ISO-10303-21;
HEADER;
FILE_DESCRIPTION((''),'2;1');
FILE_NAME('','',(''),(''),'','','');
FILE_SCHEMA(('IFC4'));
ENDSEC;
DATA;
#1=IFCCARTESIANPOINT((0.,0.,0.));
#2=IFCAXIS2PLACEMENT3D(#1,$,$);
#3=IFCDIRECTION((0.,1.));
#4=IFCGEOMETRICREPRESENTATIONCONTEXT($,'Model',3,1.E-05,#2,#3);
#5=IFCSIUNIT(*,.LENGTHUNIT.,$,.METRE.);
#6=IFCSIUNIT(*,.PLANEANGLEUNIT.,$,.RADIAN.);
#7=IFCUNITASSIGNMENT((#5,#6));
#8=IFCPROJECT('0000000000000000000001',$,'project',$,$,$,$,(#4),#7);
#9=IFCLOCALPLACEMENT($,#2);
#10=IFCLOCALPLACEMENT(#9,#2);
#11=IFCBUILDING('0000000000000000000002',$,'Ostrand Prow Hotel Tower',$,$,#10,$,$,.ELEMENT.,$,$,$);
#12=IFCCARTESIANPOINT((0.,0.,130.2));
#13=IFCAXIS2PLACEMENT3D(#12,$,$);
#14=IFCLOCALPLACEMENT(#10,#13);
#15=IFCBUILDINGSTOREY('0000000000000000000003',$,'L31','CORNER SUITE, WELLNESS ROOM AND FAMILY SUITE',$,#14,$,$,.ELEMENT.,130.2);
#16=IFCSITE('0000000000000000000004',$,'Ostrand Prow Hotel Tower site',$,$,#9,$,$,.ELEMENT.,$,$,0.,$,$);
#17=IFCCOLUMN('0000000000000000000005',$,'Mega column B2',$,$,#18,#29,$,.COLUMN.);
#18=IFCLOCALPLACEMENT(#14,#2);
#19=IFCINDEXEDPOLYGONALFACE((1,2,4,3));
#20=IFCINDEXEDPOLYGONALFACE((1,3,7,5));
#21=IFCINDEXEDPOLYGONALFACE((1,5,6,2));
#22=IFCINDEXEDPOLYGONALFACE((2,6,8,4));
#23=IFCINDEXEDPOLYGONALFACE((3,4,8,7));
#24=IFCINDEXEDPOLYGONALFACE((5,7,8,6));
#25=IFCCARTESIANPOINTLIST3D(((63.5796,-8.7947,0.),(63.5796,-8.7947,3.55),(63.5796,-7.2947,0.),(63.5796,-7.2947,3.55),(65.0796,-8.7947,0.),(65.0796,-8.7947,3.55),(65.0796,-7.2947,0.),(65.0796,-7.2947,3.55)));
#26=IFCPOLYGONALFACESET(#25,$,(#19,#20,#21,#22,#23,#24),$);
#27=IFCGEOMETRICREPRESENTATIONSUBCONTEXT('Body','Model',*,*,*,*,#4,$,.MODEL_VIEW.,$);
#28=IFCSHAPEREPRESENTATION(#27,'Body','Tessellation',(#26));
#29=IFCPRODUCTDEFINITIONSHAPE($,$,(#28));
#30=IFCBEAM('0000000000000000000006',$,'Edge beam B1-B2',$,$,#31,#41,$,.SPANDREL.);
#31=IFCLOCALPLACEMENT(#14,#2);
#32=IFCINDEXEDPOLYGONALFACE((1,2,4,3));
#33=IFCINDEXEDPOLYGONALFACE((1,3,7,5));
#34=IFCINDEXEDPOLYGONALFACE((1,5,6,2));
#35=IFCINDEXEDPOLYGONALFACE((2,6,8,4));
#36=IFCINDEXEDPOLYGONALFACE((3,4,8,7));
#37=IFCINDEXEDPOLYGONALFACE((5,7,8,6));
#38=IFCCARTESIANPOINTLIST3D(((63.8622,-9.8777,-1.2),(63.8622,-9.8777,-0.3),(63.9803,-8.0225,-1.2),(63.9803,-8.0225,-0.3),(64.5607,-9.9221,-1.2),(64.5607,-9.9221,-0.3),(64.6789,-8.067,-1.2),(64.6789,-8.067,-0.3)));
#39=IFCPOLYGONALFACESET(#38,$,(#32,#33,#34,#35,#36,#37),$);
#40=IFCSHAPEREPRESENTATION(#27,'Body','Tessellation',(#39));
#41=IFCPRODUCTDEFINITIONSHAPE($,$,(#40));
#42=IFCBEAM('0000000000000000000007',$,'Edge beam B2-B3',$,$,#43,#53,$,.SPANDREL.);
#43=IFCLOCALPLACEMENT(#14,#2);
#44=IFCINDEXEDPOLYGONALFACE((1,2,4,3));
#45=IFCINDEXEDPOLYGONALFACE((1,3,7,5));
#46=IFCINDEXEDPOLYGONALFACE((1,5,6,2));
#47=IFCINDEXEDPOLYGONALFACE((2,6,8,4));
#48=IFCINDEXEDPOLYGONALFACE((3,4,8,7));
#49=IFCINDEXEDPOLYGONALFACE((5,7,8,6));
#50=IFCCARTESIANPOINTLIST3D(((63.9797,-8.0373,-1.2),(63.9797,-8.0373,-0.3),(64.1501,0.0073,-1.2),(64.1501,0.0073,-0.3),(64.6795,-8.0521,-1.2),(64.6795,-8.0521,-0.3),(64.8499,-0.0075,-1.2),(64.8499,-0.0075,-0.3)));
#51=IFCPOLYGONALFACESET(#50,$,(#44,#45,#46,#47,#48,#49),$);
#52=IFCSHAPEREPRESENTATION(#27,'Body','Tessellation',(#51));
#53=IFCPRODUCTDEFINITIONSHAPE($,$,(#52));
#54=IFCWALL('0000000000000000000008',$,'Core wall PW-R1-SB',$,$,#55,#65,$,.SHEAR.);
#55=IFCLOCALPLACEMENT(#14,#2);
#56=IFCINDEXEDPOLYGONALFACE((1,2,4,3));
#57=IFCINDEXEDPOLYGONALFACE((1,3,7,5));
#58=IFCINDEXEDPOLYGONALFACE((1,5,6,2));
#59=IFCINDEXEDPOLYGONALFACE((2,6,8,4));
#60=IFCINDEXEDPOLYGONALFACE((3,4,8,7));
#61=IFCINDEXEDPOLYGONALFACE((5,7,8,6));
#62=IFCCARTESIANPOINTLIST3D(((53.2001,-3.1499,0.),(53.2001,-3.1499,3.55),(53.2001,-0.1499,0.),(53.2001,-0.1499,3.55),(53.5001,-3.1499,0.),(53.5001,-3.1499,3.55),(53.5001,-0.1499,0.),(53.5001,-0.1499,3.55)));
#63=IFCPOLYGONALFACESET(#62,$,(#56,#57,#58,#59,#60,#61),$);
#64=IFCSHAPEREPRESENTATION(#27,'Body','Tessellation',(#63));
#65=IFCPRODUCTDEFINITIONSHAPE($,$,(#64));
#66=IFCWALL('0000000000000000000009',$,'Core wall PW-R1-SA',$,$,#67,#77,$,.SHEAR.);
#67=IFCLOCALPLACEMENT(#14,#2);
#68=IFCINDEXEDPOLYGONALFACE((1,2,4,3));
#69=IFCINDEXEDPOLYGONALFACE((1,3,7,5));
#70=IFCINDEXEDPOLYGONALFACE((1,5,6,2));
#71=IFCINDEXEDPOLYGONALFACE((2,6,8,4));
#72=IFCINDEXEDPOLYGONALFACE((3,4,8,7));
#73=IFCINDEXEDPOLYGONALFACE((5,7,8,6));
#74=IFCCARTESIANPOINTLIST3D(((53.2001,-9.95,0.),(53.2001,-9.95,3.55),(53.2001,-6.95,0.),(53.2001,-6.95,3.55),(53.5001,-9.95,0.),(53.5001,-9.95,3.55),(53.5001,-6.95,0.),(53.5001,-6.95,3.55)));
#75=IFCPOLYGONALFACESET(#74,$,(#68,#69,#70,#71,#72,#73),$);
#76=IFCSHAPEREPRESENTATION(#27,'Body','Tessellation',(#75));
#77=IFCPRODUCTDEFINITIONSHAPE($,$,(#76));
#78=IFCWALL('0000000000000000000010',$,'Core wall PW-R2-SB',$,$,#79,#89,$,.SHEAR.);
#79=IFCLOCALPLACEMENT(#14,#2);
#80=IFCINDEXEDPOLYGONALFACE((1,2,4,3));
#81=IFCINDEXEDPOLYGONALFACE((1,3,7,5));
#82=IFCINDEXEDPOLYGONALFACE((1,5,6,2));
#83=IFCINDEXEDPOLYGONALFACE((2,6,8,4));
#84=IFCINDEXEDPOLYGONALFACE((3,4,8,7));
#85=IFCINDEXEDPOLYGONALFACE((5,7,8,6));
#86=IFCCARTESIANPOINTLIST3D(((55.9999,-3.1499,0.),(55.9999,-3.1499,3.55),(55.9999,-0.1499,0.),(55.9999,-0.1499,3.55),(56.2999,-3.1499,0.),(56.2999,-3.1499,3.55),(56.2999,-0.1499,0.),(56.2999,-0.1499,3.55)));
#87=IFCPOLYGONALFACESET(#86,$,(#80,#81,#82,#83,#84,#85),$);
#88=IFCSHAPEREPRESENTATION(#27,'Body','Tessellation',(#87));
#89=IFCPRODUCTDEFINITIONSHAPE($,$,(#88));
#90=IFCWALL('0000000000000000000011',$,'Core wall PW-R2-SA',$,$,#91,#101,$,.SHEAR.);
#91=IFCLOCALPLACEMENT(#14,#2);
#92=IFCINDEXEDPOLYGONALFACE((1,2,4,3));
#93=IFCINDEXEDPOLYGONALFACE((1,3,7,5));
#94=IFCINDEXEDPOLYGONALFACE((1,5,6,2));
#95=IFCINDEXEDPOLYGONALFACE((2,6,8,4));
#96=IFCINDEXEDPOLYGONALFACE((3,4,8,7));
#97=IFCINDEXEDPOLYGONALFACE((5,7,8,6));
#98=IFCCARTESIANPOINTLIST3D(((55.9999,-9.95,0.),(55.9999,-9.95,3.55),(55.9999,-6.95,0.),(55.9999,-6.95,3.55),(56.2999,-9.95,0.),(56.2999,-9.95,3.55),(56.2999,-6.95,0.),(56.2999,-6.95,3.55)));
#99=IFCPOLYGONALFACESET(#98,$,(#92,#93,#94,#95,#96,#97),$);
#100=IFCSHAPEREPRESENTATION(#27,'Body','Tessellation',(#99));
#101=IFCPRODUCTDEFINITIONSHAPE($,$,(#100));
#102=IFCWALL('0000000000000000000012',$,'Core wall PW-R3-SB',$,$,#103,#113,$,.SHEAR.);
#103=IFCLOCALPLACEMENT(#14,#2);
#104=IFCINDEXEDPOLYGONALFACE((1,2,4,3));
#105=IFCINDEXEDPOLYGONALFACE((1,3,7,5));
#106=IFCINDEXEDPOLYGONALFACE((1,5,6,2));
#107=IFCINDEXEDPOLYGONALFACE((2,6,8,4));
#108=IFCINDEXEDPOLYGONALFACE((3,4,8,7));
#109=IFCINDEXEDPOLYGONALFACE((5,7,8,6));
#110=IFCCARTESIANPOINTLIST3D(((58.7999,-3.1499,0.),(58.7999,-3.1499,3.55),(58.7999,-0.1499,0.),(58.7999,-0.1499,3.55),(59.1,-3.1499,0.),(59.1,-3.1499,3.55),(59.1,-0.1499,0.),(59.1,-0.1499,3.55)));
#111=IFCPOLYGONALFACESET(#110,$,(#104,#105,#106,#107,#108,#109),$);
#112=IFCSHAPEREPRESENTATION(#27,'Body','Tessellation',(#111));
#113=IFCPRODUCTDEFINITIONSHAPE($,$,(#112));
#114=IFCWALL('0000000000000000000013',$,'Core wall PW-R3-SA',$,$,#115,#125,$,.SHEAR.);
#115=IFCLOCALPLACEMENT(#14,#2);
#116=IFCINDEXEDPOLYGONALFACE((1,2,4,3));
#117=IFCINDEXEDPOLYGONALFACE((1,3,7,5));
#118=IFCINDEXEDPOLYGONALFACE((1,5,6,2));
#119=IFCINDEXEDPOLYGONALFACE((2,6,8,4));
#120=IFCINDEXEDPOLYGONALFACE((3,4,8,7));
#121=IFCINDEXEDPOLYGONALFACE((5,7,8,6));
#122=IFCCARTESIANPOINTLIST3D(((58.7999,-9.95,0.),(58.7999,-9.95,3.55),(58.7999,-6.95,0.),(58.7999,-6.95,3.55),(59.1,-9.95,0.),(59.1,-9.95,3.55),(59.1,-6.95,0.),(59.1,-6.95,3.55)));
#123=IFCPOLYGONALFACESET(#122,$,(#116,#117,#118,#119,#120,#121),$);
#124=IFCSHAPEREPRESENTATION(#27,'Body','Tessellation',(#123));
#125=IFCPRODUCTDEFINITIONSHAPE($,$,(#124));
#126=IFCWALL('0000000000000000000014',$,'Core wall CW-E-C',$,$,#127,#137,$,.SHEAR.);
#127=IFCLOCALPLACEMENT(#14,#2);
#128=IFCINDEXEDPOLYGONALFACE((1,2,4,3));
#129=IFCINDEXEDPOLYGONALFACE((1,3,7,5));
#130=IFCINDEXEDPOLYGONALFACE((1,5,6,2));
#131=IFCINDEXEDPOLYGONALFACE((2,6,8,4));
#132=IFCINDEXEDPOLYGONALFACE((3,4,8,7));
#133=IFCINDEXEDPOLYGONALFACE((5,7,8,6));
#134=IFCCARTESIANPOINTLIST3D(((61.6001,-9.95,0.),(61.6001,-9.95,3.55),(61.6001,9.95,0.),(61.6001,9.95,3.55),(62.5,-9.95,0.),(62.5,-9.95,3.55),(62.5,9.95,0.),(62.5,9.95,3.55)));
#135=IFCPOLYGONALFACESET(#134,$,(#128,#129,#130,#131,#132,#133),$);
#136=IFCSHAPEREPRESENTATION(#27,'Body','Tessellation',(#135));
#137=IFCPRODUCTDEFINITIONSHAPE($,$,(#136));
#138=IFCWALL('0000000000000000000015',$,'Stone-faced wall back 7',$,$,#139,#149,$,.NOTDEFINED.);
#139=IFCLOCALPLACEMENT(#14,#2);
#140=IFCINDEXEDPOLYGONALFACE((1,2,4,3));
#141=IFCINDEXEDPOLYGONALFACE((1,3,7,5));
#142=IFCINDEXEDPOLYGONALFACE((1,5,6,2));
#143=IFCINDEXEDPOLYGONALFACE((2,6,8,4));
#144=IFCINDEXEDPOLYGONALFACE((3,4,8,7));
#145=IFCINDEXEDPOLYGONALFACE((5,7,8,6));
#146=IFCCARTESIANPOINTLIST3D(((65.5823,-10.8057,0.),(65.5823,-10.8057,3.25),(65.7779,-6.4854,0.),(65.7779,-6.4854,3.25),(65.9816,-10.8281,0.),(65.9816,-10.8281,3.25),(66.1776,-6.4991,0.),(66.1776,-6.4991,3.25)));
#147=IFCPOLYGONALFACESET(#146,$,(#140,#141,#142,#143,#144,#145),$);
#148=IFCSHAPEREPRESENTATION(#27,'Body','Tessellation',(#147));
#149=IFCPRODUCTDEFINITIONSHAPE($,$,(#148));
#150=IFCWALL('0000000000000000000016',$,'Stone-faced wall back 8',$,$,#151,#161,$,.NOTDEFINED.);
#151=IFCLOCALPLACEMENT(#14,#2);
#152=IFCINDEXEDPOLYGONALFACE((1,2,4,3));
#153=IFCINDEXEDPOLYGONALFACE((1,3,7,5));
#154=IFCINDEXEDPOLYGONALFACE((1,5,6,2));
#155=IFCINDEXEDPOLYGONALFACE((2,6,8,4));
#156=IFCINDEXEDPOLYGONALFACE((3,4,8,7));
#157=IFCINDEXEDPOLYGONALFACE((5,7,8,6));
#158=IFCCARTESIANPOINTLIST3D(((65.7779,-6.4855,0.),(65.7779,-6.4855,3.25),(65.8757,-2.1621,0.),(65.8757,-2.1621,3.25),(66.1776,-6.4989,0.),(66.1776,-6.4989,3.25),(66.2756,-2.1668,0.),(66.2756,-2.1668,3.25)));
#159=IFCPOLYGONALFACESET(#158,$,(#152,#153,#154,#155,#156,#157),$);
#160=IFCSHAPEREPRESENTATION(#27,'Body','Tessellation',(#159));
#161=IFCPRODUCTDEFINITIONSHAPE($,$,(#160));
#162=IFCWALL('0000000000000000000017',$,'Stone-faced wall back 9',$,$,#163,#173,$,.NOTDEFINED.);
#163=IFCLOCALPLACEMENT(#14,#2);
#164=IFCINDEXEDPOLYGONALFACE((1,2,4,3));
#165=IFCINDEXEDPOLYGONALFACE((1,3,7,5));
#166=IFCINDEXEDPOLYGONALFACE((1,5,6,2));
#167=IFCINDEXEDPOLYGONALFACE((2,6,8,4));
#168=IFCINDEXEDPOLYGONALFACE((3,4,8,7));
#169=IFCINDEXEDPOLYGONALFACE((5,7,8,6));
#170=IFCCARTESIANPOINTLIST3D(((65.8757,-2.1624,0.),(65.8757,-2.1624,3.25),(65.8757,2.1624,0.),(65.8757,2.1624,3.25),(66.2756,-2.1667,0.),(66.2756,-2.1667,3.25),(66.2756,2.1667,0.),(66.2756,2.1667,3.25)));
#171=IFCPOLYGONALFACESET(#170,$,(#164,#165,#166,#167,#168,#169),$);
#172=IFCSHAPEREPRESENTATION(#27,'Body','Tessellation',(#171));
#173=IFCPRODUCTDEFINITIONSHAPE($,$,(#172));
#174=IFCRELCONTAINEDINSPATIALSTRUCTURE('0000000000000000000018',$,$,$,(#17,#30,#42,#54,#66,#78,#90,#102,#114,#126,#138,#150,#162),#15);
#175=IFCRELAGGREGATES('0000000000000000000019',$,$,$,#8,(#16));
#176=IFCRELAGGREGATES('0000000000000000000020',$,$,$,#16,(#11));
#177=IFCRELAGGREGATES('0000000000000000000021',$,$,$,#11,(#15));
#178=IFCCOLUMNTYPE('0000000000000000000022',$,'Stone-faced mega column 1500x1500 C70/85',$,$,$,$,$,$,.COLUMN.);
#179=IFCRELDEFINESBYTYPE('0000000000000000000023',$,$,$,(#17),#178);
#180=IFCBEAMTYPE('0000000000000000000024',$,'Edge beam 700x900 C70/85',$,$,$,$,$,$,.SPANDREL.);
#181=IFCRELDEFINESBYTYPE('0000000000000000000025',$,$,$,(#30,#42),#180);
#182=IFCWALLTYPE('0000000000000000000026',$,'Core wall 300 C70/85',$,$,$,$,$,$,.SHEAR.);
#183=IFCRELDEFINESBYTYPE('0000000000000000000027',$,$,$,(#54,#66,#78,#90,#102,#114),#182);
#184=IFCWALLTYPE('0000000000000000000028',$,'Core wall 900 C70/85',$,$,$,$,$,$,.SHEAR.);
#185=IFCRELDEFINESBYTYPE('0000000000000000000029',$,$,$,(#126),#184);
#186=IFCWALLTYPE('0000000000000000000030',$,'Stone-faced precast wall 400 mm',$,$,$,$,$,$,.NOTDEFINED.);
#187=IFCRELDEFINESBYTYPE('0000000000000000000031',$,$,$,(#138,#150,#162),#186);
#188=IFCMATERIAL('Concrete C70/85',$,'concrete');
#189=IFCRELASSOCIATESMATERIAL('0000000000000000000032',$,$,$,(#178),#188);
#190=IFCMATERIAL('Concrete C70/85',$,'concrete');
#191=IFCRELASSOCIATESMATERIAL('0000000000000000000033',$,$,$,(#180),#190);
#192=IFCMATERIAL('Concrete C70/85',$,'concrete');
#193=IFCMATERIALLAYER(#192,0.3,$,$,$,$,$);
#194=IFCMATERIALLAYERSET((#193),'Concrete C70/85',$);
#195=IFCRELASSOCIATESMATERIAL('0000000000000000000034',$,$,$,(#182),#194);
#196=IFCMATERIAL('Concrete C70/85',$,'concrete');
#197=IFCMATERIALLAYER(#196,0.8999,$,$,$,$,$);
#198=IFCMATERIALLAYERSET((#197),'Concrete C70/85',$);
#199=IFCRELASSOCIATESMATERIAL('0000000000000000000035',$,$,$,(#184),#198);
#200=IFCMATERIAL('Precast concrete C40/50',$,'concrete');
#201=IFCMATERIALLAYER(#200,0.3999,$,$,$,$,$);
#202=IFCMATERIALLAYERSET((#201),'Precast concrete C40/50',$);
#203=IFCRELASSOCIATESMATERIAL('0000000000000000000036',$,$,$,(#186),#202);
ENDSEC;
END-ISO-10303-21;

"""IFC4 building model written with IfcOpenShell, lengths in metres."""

from ifc_helpers import new_model, si_unit, direction, frame, frame_2d, origin, origin_2d, place, context, subcontext, project, spatial, polyline, rectangle, outline, extrude, material, layer, layer_set, material_profile, profile_set, type_object, element, save


model = new_model("IFC4")

# Units and contexts
model_context = context("Model", 3, precision=1e-05, world=origin(), true_north=direction((0.0, 1.0)))
body_context = subcontext(model_context, "Body", "Model", "MODEL_VIEW")
ifc_project = project(units=[si_unit("LENGTHUNIT", "METRE"), si_unit("PLANEANGLEUNIT", "RADIAN")], contexts=[model_context])

# Site, building, storey
site_placement = place(None, origin())
site = spatial("IfcSite", under=ifc_project, at=site_placement, Name="Ostrand Prow Hotel Tower site", CompositionType="ELEMENT", RefElevation=0.0)
building_placement = place(site_placement, origin())
building = spatial("IfcBuilding", under=site, at=building_placement, Name="Ostrand Prow Hotel Tower", CompositionType="ELEMENT")
storey_placement = place(building_placement, frame((0.0, 0.0, 130.2)))
storey = spatial("IfcBuildingStorey", under=building, at=storey_placement, Name="L31", Description="CORNER SUITE, WELLNESS ROOM AND FAMILY SUITE", CompositionType="ELEMENT", Elevation=130.2)

# Column
ifc_material_1 = material(Name="Concrete C70/85", Category="concrete")
ifc_material_profile_1 = material_profile(ifc_material_1, rectangle(XDim=1.5, YDim=1.5, at=origin_2d()), Name="RC 1500x1500")
ifc_profile_set_1 = profile_set([ifc_material_profile_1], Name="Concrete C70/85")
column_type = type_object("IfcColumnType", Name="Stone-faced mega column 1500x1500 C70/85", PredefinedType="COLUMN", material=ifc_profile_set_1)
column_placement = place(storey_placement, frame((64.3296, -8.0447, 0.0), z_axis=(0.0, 0.0, 1.0), x_axis=(1.0, 0.0, 0.0)))
element("IfcColumn", 1, at=column_placement, inside=storey, type_object=column_type, Name="Mega column B2", PredefinedType="COLUMN", context=body_context, shape_type="SweptSolid", body=[
    extrude(rectangle(XDim=1.5, YDim=1.5, at=origin_2d()), origin(), (0.0, 0.0, 1.0), 3.55),
])

# Beams
ifc_material_2 = material(Name="Concrete C70/85", Category="concrete")
ifc_material_profile_2 = material_profile(ifc_material_2, rectangle(XDim=0.7, YDim=0.8999, at=origin_2d()), Name="RC 700x900")
ifc_profile_set_2 = profile_set([ifc_material_profile_2], Name="Concrete C70/85")
beam_type = type_object("IfcBeamType", Name="Edge beam 700x900 C70/85", PredefinedType="SPANDREL", material=ifc_profile_set_2)
beam_1_placement = place(storey_placement, frame((64.2114, -9.8999, -0.75), z_axis=(0.063564, 0.997978, 0.0), x_axis=(-0.997978, 0.063564, 0.0)))
element("IfcBeam", 2, at=beam_1_placement, inside=storey, type_object=beam_type, Name="Edge beam B1-B2", PredefinedType="SPANDREL", context=body_context, shape_type="SweptSolid", body=[
    extrude(rectangle(XDim=0.7, YDim=0.8999, at=origin_2d()), origin(), (0.0, 0.0, 1.0), 1.8589),
])
beam_2_placement = place(storey_placement, frame((64.3296, -8.0447, -0.75), z_axis=(0.021178, 0.999776, 0.0), x_axis=(-0.999776, 0.021178, 0.0)))
element("IfcBeam", 3, at=beam_2_placement, inside=storey, type_object=beam_type, Name="Edge beam B2-B3", PredefinedType="SPANDREL", context=body_context, shape_type="SweptSolid", body=[
    extrude(rectangle(XDim=0.7, YDim=0.8999, at=origin_2d()), origin(), (0.0, 0.0, 1.0), 8.0464),
])

# Walls
ifc_material_3 = material(Name="Concrete C70/85", Category="concrete")
ifc_layer_1 = layer(ifc_material_3, 0.3)
ifc_layer_set_1 = layer_set([ifc_layer_1], Name="Concrete C70/85")
wall_type_1 = type_object("IfcWallType", Name="Core wall 300 C70/85", PredefinedType="SHEAR", material=ifc_layer_set_1)
for number, where, z_axis, x_axis, name in (
    (4, (53.3501, -3.1499, 0.0), (0.0, 0.0, 1.0), (0.0, 1.0, 0.0), "Core wall PW-R1-SB"),
    (5, (53.3501, -9.95, 0.0), (0.0, 0.0, 1.0), (0.0, 1.0, 0.0), "Core wall PW-R1-SA"),
    (6, (56.1499, -3.1499, 0.0), (0.0, 0.0, 1.0), (0.0, 1.0, 0.0), "Core wall PW-R2-SB"),
    (7, (56.1499, -9.95, 0.0), (0.0, 0.0, 1.0), (0.0, 1.0, 0.0), "Core wall PW-R2-SA"),
    (8, (58.95, -3.1499, 0.0), (0.0, 0.0, 1.0), (0.0, 1.0, 0.0), "Core wall PW-R3-SB"),
    (9, (58.95, -9.95, 0.0), (0.0, 0.0, 1.0), (0.0, 1.0, 0.0), "Core wall PW-R3-SA"),
):
    element("IfcWall", number, at=place(storey_placement, frame(where, z_axis=z_axis, x_axis=x_axis)), inside=storey, type_object=wall_type_1, Name=name, PredefinedType="SHEAR", context=body_context, shape_type="SweptSolid", body=[
        extrude(rectangle(XDim=3.0, YDim=0.3, at=frame_2d((1.5, 0.0))), origin(), (0.0, 0.0, 1.0), 3.55),
    ])
ifc_material_4 = material(Name="Concrete C70/85", Category="concrete")
ifc_layer_2 = layer(ifc_material_4, 0.8999)
ifc_layer_set_2 = layer_set([ifc_layer_2], Name="Concrete C70/85")
wall_type_2 = type_object("IfcWallType", Name="Core wall 900 C70/85", PredefinedType="SHEAR", material=ifc_layer_set_2)
wall_1_placement = place(storey_placement, frame((62.05, -9.95, 0.0), z_axis=(0.0, 0.0, 1.0), x_axis=(0.0, 1.0, 0.0)))
element("IfcWall", 10, at=wall_1_placement, inside=storey, type_object=wall_type_2, Name="Core wall CW-E-C", PredefinedType="SHEAR", context=body_context, shape_type="SweptSolid", body=[
    extrude(rectangle(XDim=19.8999, YDim=0.8999, at=frame_2d((9.95, 0.0))), origin(), (0.0, 0.0, 1.0), 3.55),
])
ifc_material_5 = material(Name="Precast concrete C40/50", Category="concrete")
ifc_layer_3 = layer(ifc_material_5, 0.3999)
ifc_layer_set_3 = layer_set([ifc_layer_3], Name="Precast concrete C40/50")
wall_type_3 = type_object("IfcWallType", Name="Stone-faced precast wall 400 mm", PredefinedType="NOTDEFINED", material=ifc_layer_set_3)
wall_2_placement = place(storey_placement, frame((65.782, -10.8169, 0.0), z_axis=(0.0, 0.0, 1.0), x_axis=(0.045229, 0.998977, 0.0)))
element("IfcWall", 11, at=wall_2_placement, inside=storey, type_object=wall_type_3, Name="Stone-faced wall back 7", PredefinedType="NOTDEFINED", context=body_context, shape_type="SweptSolid", body=[
    extrude(outline(polyline([(-0.0022, -0.2), (4.3313, -0.2), (4.3269, 0.2), (0.0022, 0.2), (-0.0022, -0.2)])), origin(), (0.0, 0.0, 1.0), 3.25),
])
wall_3_placement = place(storey_placement, frame((65.9778, -6.4922, 0.0), z_axis=(0.0, 0.0, 1.0), x_axis=(0.022616, 0.999744, 0.0)))
element("IfcWall", 12, at=wall_3_placement, inside=storey, type_object=wall_type_3, Name="Stone-faced wall back 8", PredefinedType="NOTDEFINED", context=body_context, shape_type="SweptSolid", body=[
    extrude(outline(polyline([(-0.0022, -0.2), (4.3311, -0.2), (4.3267, 0.2), (0.0022, 0.2), (-0.0022, -0.2)])), origin(), (0.0, 0.0, 1.0), 3.25),
])
wall_4_placement = place(storey_placement, frame((66.0757, -2.1646, 0.0), z_axis=(0.0, 0.0, 1.0), x_axis=(0.0, 1.0, 0.0)))
element("IfcWall", 13, at=wall_4_placement, inside=storey, type_object=wall_type_3, Name="Stone-faced wall back 9", PredefinedType="NOTDEFINED", context=body_context, shape_type="SweptSolid", body=[
    extrude(outline(polyline([(-0.0022, -0.2), (4.3313, -0.2), (4.3269, 0.2), (0.0022, 0.2), (-0.0022, -0.2)])), origin(), (0.0, 0.0, 1.0), 3.25),
])

save(model, "model.ifc")
